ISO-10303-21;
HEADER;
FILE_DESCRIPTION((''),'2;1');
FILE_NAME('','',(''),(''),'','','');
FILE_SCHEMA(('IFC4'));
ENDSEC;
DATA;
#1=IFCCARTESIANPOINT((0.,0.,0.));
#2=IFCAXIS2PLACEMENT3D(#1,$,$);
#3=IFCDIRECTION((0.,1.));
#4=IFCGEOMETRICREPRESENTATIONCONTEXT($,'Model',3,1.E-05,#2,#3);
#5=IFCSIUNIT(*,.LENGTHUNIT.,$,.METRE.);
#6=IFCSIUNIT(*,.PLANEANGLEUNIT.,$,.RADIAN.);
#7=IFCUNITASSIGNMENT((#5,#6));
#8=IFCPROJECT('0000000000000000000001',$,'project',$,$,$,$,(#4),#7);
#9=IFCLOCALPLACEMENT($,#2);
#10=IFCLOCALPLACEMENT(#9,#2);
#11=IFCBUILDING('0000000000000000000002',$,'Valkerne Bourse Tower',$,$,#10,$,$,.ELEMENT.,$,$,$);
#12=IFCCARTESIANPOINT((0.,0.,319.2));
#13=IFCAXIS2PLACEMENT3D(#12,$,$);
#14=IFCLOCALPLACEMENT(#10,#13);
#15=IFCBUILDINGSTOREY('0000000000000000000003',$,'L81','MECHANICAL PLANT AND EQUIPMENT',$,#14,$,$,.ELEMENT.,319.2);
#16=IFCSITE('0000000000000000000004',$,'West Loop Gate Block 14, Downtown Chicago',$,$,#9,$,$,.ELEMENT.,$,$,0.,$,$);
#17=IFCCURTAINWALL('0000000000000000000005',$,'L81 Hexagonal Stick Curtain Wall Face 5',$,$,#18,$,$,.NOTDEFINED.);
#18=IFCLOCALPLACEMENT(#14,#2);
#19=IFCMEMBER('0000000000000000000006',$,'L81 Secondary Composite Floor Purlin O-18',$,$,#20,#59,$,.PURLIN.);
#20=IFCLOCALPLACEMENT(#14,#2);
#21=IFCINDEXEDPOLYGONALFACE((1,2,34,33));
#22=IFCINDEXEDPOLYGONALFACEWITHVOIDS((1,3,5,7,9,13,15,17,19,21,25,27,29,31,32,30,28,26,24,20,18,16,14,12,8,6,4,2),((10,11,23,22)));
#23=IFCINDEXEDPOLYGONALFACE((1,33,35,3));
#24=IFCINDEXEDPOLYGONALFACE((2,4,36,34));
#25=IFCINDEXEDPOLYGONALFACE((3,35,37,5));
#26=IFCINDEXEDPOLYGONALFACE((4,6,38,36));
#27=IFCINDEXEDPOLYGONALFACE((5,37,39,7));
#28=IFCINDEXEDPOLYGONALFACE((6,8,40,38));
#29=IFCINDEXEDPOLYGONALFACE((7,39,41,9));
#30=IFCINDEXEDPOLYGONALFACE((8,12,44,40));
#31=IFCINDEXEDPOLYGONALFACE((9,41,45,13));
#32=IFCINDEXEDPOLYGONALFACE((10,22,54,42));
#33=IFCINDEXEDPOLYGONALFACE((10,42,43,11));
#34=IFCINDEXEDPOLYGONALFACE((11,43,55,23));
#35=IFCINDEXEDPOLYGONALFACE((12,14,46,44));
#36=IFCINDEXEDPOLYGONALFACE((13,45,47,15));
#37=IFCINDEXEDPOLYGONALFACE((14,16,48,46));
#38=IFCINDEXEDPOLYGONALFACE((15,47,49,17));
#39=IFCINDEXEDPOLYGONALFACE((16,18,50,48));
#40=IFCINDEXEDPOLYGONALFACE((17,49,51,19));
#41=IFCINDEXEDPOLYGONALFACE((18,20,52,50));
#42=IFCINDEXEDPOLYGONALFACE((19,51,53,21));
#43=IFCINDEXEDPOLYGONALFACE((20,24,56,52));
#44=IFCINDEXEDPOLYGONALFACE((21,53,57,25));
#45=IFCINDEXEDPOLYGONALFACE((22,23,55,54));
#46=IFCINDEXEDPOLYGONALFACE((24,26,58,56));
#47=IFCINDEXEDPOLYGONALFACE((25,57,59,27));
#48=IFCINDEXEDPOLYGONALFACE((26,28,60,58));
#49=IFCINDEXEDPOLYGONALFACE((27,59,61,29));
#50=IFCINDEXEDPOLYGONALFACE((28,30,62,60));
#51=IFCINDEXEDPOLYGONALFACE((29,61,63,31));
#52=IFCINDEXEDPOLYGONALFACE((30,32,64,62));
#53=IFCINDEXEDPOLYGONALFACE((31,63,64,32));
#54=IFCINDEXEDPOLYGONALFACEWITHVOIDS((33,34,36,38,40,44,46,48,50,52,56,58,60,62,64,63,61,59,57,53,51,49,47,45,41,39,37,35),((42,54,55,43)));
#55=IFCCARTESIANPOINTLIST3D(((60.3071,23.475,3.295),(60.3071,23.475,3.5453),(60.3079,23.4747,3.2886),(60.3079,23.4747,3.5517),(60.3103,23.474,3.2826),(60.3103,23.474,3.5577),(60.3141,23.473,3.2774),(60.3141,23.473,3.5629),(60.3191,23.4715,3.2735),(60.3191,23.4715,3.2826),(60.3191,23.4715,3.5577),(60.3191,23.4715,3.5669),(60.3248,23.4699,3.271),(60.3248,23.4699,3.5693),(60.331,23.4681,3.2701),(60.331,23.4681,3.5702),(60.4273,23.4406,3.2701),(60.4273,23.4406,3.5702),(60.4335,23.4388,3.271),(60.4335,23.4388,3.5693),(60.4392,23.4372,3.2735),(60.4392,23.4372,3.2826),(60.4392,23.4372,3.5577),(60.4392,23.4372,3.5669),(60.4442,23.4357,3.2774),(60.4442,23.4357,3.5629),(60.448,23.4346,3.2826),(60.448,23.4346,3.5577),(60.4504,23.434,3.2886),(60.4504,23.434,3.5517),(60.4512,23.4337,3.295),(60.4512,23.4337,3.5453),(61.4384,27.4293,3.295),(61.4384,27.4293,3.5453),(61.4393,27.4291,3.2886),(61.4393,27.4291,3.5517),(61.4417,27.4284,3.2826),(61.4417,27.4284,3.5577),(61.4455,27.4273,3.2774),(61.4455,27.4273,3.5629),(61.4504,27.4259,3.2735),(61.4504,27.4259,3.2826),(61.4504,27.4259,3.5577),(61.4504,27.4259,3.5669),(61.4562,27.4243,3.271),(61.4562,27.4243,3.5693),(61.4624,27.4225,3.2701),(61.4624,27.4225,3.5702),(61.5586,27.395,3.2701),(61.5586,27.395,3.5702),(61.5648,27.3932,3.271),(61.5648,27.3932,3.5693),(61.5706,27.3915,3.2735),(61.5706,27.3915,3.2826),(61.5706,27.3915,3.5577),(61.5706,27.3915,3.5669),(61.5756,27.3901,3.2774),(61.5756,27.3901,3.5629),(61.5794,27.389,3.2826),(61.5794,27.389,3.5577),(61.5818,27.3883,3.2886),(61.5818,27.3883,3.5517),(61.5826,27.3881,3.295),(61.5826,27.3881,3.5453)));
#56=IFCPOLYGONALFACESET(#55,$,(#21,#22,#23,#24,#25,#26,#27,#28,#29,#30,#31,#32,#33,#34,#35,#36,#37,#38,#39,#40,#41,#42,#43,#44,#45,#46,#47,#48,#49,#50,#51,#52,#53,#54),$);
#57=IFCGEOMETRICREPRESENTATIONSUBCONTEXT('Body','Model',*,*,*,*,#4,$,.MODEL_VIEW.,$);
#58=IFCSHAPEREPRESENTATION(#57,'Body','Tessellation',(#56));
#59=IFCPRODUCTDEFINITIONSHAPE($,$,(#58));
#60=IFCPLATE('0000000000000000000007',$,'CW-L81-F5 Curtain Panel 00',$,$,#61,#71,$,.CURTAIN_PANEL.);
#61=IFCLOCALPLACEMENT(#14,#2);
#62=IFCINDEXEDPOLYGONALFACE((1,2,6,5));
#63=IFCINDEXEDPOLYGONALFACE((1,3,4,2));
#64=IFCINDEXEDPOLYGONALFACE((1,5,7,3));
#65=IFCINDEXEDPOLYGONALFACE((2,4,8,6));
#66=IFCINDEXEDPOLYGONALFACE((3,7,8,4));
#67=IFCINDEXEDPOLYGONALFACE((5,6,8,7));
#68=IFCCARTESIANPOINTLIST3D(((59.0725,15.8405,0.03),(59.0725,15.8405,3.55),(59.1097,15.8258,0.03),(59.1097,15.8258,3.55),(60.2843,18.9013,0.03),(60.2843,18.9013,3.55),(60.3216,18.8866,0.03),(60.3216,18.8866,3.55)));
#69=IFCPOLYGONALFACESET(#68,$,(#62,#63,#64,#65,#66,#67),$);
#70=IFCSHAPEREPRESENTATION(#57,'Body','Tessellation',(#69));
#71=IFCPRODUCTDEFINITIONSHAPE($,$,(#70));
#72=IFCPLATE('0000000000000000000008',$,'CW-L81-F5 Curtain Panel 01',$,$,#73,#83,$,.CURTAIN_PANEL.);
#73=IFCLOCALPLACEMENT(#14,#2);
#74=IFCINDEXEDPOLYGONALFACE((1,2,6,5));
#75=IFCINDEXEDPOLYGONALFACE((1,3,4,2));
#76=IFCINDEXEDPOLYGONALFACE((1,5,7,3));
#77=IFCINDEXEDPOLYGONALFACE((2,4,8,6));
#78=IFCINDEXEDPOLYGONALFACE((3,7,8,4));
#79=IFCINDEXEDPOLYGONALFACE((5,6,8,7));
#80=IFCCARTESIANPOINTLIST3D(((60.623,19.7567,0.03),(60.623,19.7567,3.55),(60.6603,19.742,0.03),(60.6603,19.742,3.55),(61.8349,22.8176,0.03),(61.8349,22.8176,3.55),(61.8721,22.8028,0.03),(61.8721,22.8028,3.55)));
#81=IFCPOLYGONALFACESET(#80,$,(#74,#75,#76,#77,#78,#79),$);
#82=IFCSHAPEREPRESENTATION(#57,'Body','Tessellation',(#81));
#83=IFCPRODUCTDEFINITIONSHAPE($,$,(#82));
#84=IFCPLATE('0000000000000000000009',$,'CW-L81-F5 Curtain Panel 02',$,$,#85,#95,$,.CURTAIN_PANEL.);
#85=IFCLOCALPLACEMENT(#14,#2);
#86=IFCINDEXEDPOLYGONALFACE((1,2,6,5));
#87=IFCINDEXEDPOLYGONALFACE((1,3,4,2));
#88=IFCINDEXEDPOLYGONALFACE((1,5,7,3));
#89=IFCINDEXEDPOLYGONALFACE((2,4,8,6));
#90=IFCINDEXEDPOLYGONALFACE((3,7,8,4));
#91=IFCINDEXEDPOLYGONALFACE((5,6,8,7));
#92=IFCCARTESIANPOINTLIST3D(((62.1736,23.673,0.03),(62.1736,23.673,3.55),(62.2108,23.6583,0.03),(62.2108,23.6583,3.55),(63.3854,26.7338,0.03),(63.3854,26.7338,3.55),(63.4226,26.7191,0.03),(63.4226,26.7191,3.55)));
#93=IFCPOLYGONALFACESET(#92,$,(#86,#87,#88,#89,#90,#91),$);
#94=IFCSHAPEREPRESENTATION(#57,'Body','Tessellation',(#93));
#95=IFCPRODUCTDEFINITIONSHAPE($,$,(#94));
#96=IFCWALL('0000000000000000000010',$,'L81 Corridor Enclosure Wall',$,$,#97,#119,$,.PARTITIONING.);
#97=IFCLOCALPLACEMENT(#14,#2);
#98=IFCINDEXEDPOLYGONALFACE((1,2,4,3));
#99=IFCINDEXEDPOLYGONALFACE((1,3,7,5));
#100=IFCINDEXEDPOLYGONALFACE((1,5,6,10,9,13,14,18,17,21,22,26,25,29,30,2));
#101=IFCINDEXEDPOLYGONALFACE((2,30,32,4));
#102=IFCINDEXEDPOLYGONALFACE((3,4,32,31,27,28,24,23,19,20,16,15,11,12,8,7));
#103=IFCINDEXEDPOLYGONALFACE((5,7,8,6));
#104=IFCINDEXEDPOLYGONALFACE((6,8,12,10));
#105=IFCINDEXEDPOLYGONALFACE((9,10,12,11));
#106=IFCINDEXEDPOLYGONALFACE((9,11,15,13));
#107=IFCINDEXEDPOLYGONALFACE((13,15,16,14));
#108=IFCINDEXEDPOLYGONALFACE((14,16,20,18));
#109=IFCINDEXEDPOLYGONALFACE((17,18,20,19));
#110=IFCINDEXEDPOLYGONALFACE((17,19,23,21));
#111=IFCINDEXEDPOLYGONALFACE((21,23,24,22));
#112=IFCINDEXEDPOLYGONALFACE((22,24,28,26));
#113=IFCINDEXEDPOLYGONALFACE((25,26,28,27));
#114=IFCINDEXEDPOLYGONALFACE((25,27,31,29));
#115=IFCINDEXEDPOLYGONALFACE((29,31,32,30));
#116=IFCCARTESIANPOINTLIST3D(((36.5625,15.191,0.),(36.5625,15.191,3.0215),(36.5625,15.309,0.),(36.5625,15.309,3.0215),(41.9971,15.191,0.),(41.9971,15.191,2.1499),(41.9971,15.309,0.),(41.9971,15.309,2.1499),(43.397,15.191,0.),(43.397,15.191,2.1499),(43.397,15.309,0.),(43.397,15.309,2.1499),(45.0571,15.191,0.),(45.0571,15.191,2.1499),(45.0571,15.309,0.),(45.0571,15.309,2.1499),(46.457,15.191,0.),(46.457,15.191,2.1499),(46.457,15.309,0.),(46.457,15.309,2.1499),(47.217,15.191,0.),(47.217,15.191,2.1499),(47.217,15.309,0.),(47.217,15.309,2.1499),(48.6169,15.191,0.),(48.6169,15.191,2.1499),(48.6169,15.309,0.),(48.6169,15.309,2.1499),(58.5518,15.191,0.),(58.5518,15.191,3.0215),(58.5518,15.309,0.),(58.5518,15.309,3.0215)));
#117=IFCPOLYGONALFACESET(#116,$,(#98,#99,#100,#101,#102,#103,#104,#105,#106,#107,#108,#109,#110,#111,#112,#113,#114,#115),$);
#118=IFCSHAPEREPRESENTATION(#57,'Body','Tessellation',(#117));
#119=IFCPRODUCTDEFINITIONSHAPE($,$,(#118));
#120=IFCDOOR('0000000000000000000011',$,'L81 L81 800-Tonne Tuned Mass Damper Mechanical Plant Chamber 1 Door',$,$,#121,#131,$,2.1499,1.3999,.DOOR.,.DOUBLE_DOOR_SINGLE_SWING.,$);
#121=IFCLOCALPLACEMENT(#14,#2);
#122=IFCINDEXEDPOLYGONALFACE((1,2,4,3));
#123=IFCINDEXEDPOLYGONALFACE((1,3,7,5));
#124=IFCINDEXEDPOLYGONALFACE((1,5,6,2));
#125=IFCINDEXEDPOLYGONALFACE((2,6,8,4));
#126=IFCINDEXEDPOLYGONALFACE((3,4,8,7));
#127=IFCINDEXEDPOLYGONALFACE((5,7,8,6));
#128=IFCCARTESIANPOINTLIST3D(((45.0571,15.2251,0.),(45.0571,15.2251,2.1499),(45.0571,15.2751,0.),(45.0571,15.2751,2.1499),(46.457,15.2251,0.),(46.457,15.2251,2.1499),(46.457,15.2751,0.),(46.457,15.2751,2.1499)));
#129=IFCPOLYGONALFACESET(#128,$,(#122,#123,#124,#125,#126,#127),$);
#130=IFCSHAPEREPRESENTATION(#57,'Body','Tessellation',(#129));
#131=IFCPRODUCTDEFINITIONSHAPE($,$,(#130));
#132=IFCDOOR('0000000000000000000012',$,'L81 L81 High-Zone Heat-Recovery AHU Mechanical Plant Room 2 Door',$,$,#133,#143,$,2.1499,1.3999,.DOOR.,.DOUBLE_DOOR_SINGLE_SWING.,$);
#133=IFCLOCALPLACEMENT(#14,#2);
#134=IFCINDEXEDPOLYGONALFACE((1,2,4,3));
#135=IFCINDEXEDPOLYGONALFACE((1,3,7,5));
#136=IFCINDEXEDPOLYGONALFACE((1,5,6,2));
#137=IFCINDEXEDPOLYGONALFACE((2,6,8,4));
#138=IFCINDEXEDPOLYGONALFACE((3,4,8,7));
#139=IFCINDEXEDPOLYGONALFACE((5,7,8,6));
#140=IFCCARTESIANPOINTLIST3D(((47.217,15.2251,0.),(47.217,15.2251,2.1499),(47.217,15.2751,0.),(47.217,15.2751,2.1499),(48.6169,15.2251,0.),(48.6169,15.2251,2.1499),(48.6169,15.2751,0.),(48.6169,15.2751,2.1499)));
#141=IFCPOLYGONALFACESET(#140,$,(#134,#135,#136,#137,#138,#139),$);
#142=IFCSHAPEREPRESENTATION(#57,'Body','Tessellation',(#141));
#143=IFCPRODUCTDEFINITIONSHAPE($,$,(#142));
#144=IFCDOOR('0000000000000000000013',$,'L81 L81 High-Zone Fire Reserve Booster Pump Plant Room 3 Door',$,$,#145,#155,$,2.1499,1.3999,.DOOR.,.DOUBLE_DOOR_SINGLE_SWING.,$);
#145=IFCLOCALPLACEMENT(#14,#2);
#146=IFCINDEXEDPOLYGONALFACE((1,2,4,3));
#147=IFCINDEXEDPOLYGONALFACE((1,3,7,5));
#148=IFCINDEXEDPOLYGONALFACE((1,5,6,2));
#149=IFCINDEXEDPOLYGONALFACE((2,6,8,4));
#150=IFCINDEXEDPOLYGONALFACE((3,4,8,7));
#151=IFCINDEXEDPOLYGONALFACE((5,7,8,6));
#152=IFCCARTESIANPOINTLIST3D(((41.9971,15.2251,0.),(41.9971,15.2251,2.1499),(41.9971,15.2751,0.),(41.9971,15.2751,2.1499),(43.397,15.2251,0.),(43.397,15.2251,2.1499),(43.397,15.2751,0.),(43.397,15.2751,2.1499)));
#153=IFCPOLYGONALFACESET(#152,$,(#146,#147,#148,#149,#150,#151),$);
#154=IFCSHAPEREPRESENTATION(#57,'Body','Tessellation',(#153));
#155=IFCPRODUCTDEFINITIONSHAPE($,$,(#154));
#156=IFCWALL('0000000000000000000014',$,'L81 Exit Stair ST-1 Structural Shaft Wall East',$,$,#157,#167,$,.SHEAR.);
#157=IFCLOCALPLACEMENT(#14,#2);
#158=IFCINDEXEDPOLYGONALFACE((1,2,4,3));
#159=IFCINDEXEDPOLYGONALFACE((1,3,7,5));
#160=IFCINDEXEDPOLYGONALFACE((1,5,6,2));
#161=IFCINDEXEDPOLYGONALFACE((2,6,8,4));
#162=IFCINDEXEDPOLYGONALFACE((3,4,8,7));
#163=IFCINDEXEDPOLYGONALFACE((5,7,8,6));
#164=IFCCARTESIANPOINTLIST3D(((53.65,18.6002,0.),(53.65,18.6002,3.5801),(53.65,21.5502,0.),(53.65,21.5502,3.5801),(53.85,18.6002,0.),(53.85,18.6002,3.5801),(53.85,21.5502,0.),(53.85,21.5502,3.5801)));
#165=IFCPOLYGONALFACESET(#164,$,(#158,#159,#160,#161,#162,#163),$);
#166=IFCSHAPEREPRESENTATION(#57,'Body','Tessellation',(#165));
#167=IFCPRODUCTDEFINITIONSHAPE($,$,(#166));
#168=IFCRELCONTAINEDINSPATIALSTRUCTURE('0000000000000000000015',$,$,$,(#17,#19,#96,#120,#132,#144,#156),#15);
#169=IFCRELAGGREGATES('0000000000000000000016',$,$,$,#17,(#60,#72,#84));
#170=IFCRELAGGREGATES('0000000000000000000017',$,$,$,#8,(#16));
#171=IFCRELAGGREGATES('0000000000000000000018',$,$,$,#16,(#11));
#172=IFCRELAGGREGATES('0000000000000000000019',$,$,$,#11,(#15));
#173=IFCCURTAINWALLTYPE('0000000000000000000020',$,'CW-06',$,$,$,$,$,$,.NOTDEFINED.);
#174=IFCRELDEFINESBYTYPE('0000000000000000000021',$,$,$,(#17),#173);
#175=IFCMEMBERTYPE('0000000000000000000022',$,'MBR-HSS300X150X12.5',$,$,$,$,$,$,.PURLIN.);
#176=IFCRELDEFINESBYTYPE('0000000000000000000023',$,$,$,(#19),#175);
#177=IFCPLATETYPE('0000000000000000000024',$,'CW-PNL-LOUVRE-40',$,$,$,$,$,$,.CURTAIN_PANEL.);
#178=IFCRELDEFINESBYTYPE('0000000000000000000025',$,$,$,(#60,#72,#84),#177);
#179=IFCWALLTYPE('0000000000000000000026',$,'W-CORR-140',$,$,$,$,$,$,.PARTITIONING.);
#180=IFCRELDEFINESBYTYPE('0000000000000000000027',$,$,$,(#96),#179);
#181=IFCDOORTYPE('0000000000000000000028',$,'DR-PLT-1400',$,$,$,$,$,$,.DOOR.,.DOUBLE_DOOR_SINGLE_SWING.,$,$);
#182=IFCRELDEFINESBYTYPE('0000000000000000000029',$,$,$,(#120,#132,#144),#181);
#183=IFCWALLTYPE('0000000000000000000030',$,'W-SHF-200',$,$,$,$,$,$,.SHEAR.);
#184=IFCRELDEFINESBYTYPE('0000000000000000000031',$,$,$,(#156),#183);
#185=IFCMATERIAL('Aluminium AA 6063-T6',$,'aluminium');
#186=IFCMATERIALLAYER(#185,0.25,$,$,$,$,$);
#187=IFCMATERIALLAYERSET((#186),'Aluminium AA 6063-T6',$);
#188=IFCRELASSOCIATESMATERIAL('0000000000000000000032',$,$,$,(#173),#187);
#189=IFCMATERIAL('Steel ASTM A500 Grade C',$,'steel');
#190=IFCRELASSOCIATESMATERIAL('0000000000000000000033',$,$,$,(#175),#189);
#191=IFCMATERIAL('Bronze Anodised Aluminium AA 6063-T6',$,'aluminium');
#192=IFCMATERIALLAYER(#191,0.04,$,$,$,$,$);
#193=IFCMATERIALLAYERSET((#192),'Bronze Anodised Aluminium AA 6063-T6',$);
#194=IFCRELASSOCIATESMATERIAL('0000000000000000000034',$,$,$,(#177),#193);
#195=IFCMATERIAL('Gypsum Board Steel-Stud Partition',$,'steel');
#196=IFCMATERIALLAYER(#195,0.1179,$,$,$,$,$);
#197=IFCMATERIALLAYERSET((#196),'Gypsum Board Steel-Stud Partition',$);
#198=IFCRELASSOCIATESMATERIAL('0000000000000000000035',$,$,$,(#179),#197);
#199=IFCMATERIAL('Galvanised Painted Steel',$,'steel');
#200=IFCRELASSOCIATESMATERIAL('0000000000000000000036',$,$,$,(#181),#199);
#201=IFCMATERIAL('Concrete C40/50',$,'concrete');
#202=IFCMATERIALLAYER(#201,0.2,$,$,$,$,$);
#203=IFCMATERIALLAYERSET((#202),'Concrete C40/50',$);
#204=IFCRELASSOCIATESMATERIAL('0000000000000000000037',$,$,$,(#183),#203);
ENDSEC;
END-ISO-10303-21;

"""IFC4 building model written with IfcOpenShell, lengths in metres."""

from ifc_helpers import new_model, si_unit, direction, frame, frame_2d, origin, origin_2d, place, context, subcontext, project, spatial, rectangle, hollow_rectangle, extrude, material, layer, layer_set, material_profile, profile_set, type_object, element, fill, aggregate, save


model = new_model("IFC4")

# Units and contexts
model_context = context("Model", 3, precision=1e-05, world=origin(), true_north=direction((0.0, 1.0)))
body_context = subcontext(model_context, "Body", "Model", "MODEL_VIEW")
ifc_project = project(units=[si_unit("LENGTHUNIT", "METRE"), si_unit("PLANEANGLEUNIT", "RADIAN")], contexts=[model_context])

# Site, building, storey
site_placement = place(None, origin())
site = spatial("IfcSite", under=ifc_project, at=site_placement, Name="West Loop Gate Block 14, Downtown Chicago", CompositionType="ELEMENT", RefElevation=0.0)
building_placement = place(site_placement, origin())
building = spatial("IfcBuilding", under=site, at=building_placement, Name="Valkerne Bourse Tower", CompositionType="ELEMENT")
storey_placement = place(building_placement, frame((0.0, 0.0, 319.2)))
storey = spatial("IfcBuildingStorey", under=building, at=storey_placement, Name="L81", Description="MECHANICAL PLANT AND EQUIPMENT", CompositionType="ELEMENT", Elevation=319.2)

# Shared definitions
ifc_material_1 = material(Name="Steel ASTM A500 Grade C", Category="steel")

# Shared definitions
ifc_material_2 = material(Name="Aluminium AA 6063-T6", Category="aluminium")
ifc_layer_1 = layer(ifc_material_2, 0.25)
ifc_layer_set_1 = layer_set([ifc_layer_1], Name="Aluminium AA 6063-T6")
curtain_wall_type = type_object("IfcCurtainWallType", Name="CW-06", PredefinedType="NOTDEFINED", material=ifc_layer_set_1)

# Curtain wall
curtain_wall_1_placement = place(storey_placement, origin())
curtain_wall_1 = element("IfcCurtainWall", 1, at=curtain_wall_1_placement, inside=storey, type_object=curtain_wall_type, Name="L81 Hexagonal Stick Curtain Wall Face 5", PredefinedType="NOTDEFINED")

# Member
ifc_material_profile_1 = material_profile(ifc_material_1, hollow_rectangle(XDim=0.1499, YDim=0.3, WallThickness=0.0125, OuterFilletRadius=0.0249, at=origin_2d()), Name="HSS300X150X12.5")
ifc_profile_set_1 = profile_set([ifc_material_profile_1], Name="Steel ASTM A500 Grade C")
member_type_1 = type_object("IfcMemberType", Name="MBR-HSS300X150X12.5", PredefinedType="PURLIN", material=ifc_profile_set_1)
member_1_placement = place(storey_placement, frame((60.3792, 23.4543, 3.4202), z_axis=(0.275066, 0.961425, 0.0), x_axis=(-0.961425, 0.275066, 0.0)))
element("IfcMember", 2, at=member_1_placement, inside=storey, type_object=member_type_1, Name="L81 Secondary Composite Floor Purlin O-18", PredefinedType="PURLIN", context=body_context, shape_type="SweptSolid", body=[
    extrude(hollow_rectangle(XDim=0.1499, YDim=0.3, WallThickness=0.0125, OuterFilletRadius=0.0249, at=origin_2d()), origin(), (0.0, 0.0, 1.0), 4.113),
])

# Plates
ifc_material_3 = material(Name="Bronze Anodised Aluminium AA 6063-T6", Category="aluminium")
ifc_layer_2 = layer(ifc_material_3, 0.04)
ifc_layer_set_2 = layer_set([ifc_layer_2], Name="Bronze Anodised Aluminium AA 6063-T6")
plate_type = type_object("IfcPlateType", Name="CW-PNL-LOUVRE-40", PredefinedType="CURTAIN_PANEL", material=ifc_layer_set_2)
plate_1_placement = place(storey_placement, frame((59.697, 17.3635, 0.03), z_axis=(0.0, 0.0, 1.0), x_axis=(0.36813, 0.929774, 0.0)))
plate_1 = element("IfcPlate", 3, at=plate_1_placement, type_object=plate_type, Name="CW-L81-F5 Curtain Panel 00", PredefinedType="CURTAIN_PANEL", context=body_context, shape_type="SweptSolid", body=[
    extrude(rectangle(XDim=3.292, YDim=0.04, at=origin_2d()), origin(), (0.0, 0.0, 1.0), 3.52),
])
plate_2_placement = place(storey_placement, frame((61.2476, 21.2798, 0.03), z_axis=(0.0, 0.0, 1.0), x_axis=(0.368118, 0.929779, 0.0)))
plate_2 = element("IfcPlate", 4, at=plate_2_placement, type_object=plate_type, Name="CW-L81-F5 Curtain Panel 01", PredefinedType="CURTAIN_PANEL", context=body_context, shape_type="SweptSolid", body=[
    extrude(rectangle(XDim=3.292, YDim=0.04, at=origin_2d()), origin(), (0.0, 0.0, 1.0), 3.52),
])
plate_3_placement = place(storey_placement, frame((62.7981, 25.196, 0.03), z_axis=(0.0, 0.0, 1.0), x_axis=(0.368118, 0.929779, 0.0)))
plate_3 = element("IfcPlate", 5, at=plate_3_placement, type_object=plate_type, Name="CW-L81-F5 Curtain Panel 02", PredefinedType="CURTAIN_PANEL", context=body_context, shape_type="SweptSolid", body=[
    extrude(rectangle(XDim=3.292, YDim=0.04, at=origin_2d()), origin(), (0.0, 0.0, 1.0), 3.52),
])
aggregate(curtain_wall_1, [plate_1, plate_2, plate_3])

# Shared definitions
ifc_material_4 = material(Name="Galvanised Painted Steel", Category="steel")

# Wall, openings, doors
ifc_material_5 = material(Name="Gypsum Board Steel-Stud Partition", Category="steel")
ifc_layer_3 = layer(ifc_material_5, 0.1179)
ifc_layer_set_3 = layer_set([ifc_layer_3], Name="Gypsum Board Steel-Stud Partition")
wall_type_1 = type_object("IfcWallType", Name="W-CORR-140", PredefinedType="PARTITIONING", material=ifc_layer_set_3)
wall_1_placement = place(storey_placement, frame((58.5518, 15.25, 0.0), z_axis=(0.0, 0.0, 1.0), x_axis=(-1.0, 0.0, 0.0)))
wall_1 = element("IfcWall", 6, at=wall_1_placement, inside=storey, type_object=wall_type_1, Name="L81 Corridor Enclosure Wall", PredefinedType="PARTITIONING", context=body_context, shape_type="SweptSolid", body=[
    extrude(rectangle(XDim=21.9893, YDim=0.1179, at=frame_2d((10.9946, 0.0))), origin(), (0.0, 0.0, 1.0), 3.0215),
])
opening_1_placement = place(wall_1_placement, frame((12.0947, 0.0, 0.0)))
opening_1 = element("IfcOpeningElement", 7, at=opening_1_placement, cuts=wall_1, PredefinedType="OPENING", context=body_context, shape_type="SweptSolid", body=[
    extrude(rectangle(XDim=1.3999, YDim=2.1499, at=frame_2d((0.7, 1.075))), frame((0.0, 0.0688, 0.0), z_axis=(0.0, -1.0, 0.0), x_axis=(1.0, 0.0, 0.0)), (0.0, 0.0, 1.0), 0.1379),
])
opening_2_placement = place(wall_1_placement, frame((9.9348, 0.0, 0.0)))
opening_2 = element("IfcOpeningElement", 8, at=opening_2_placement, cuts=wall_1, PredefinedType="OPENING", context=body_context, shape_type="SweptSolid", body=[
    extrude(rectangle(XDim=1.3999, YDim=2.1499, at=frame_2d((0.7, 1.075))), frame((0.0, 0.0688, 0.0), z_axis=(0.0, -1.0, 0.0), x_axis=(1.0, 0.0, 0.0)), (0.0, 0.0, 1.0), 0.1379),
])
opening_3_placement = place(wall_1_placement, frame((15.1548, 0.0, 0.0)))
opening_3 = element("IfcOpeningElement", 9, at=opening_3_placement, cuts=wall_1, PredefinedType="OPENING", context=body_context, shape_type="SweptSolid", body=[
    extrude(rectangle(XDim=1.3999, YDim=2.1499, at=frame_2d((0.7, 1.075))), frame((0.0, 0.0688, 0.0), z_axis=(0.0, -1.0, 0.0), x_axis=(1.0, 0.0, 0.0)), (0.0, 0.0, 1.0), 0.1379),
])
door_type_1 = type_object("IfcDoorType", Name="DR-PLT-1400", OperationType="DOUBLE_DOOR_SINGLE_SWING", PredefinedType="DOOR", material=ifc_material_4)
door_1_placement = place(opening_1_placement, origin())
door_1 = element("IfcDoor", 10, at=door_1_placement, inside=storey, type_object=door_type_1, Name="L81 L81 800-Tonne Tuned Mass Damper Mechanical Plant Chamber 1 Door", OperationType="DOUBLE_DOOR_SINGLE_SWING", OverallHeight=2.1499, OverallWidth=1.3999, PredefinedType="DOOR", context=body_context, shape_type="SweptSolid", body=[
    extrude(rectangle(XDim=1.3999, YDim=2.1499, at=frame_2d((0.7, 1.075))), frame((0.0, 0.0249, 0.0), z_axis=(0.0, -1.0, 0.0), x_axis=(1.0, 0.0, 0.0)), (0.0, 0.0, 1.0), 0.05),
])
fill(opening_1, door_1)
door_2_placement = place(opening_2_placement, origin())
door_2 = element("IfcDoor", 11, at=door_2_placement, inside=storey, type_object=door_type_1, Name="L81 L81 High-Zone Heat-Recovery AHU Mechanical Plant Room 2 Door", OperationType="DOUBLE_DOOR_SINGLE_SWING", OverallHeight=2.1499, OverallWidth=1.3999, PredefinedType="DOOR", context=body_context, shape_type="SweptSolid", body=[
    extrude(rectangle(XDim=1.3999, YDim=2.1499, at=frame_2d((0.7, 1.075))), frame((0.0, 0.0249, 0.0), z_axis=(0.0, -1.0, 0.0), x_axis=(1.0, 0.0, 0.0)), (0.0, 0.0, 1.0), 0.05),
])
fill(opening_2, door_2)
door_3_placement = place(opening_3_placement, origin())
door_3 = element("IfcDoor", 12, at=door_3_placement, inside=storey, type_object=door_type_1, Name="L81 L81 High-Zone Fire Reserve Booster Pump Plant Room 3 Door", OperationType="DOUBLE_DOOR_SINGLE_SWING", OverallHeight=2.1499, OverallWidth=1.3999, PredefinedType="DOOR", context=body_context, shape_type="SweptSolid", body=[
    extrude(rectangle(XDim=1.3999, YDim=2.1499, at=frame_2d((0.7, 1.075))), frame((0.0, 0.0249, 0.0), z_axis=(0.0, -1.0, 0.0), x_axis=(1.0, 0.0, 0.0)), (0.0, 0.0, 1.0), 0.05),
])
fill(opening_3, door_3)

# Wall
ifc_material_6 = material(Name="Concrete C40/50", Category="concrete")
ifc_layer_4 = layer(ifc_material_6, 0.2)
ifc_layer_set_4 = layer_set([ifc_layer_4], Name="Concrete C40/50")
wall_type_2 = type_object("IfcWallType", Name="W-SHF-200", PredefinedType="SHEAR", material=ifc_layer_set_4)
wall_2_placement = place(storey_placement, frame((53.75, 18.6001, 0.0), z_axis=(0.0, 0.0, 1.0), x_axis=(0.0, 1.0, 0.0)))
element("IfcWall", 13, at=wall_2_placement, inside=storey, type_object=wall_type_2, Name="L81 Exit Stair ST-1 Structural Shaft Wall East", PredefinedType="SHEAR", context=body_context, shape_type="SweptSolid", body=[
    extrude(rectangle(XDim=2.95, YDim=0.2, at=frame_2d((1.4751, 0.0))), origin(), (0.0, 0.0, 1.0), 3.5801),
])

save(model, "model.ifc")
